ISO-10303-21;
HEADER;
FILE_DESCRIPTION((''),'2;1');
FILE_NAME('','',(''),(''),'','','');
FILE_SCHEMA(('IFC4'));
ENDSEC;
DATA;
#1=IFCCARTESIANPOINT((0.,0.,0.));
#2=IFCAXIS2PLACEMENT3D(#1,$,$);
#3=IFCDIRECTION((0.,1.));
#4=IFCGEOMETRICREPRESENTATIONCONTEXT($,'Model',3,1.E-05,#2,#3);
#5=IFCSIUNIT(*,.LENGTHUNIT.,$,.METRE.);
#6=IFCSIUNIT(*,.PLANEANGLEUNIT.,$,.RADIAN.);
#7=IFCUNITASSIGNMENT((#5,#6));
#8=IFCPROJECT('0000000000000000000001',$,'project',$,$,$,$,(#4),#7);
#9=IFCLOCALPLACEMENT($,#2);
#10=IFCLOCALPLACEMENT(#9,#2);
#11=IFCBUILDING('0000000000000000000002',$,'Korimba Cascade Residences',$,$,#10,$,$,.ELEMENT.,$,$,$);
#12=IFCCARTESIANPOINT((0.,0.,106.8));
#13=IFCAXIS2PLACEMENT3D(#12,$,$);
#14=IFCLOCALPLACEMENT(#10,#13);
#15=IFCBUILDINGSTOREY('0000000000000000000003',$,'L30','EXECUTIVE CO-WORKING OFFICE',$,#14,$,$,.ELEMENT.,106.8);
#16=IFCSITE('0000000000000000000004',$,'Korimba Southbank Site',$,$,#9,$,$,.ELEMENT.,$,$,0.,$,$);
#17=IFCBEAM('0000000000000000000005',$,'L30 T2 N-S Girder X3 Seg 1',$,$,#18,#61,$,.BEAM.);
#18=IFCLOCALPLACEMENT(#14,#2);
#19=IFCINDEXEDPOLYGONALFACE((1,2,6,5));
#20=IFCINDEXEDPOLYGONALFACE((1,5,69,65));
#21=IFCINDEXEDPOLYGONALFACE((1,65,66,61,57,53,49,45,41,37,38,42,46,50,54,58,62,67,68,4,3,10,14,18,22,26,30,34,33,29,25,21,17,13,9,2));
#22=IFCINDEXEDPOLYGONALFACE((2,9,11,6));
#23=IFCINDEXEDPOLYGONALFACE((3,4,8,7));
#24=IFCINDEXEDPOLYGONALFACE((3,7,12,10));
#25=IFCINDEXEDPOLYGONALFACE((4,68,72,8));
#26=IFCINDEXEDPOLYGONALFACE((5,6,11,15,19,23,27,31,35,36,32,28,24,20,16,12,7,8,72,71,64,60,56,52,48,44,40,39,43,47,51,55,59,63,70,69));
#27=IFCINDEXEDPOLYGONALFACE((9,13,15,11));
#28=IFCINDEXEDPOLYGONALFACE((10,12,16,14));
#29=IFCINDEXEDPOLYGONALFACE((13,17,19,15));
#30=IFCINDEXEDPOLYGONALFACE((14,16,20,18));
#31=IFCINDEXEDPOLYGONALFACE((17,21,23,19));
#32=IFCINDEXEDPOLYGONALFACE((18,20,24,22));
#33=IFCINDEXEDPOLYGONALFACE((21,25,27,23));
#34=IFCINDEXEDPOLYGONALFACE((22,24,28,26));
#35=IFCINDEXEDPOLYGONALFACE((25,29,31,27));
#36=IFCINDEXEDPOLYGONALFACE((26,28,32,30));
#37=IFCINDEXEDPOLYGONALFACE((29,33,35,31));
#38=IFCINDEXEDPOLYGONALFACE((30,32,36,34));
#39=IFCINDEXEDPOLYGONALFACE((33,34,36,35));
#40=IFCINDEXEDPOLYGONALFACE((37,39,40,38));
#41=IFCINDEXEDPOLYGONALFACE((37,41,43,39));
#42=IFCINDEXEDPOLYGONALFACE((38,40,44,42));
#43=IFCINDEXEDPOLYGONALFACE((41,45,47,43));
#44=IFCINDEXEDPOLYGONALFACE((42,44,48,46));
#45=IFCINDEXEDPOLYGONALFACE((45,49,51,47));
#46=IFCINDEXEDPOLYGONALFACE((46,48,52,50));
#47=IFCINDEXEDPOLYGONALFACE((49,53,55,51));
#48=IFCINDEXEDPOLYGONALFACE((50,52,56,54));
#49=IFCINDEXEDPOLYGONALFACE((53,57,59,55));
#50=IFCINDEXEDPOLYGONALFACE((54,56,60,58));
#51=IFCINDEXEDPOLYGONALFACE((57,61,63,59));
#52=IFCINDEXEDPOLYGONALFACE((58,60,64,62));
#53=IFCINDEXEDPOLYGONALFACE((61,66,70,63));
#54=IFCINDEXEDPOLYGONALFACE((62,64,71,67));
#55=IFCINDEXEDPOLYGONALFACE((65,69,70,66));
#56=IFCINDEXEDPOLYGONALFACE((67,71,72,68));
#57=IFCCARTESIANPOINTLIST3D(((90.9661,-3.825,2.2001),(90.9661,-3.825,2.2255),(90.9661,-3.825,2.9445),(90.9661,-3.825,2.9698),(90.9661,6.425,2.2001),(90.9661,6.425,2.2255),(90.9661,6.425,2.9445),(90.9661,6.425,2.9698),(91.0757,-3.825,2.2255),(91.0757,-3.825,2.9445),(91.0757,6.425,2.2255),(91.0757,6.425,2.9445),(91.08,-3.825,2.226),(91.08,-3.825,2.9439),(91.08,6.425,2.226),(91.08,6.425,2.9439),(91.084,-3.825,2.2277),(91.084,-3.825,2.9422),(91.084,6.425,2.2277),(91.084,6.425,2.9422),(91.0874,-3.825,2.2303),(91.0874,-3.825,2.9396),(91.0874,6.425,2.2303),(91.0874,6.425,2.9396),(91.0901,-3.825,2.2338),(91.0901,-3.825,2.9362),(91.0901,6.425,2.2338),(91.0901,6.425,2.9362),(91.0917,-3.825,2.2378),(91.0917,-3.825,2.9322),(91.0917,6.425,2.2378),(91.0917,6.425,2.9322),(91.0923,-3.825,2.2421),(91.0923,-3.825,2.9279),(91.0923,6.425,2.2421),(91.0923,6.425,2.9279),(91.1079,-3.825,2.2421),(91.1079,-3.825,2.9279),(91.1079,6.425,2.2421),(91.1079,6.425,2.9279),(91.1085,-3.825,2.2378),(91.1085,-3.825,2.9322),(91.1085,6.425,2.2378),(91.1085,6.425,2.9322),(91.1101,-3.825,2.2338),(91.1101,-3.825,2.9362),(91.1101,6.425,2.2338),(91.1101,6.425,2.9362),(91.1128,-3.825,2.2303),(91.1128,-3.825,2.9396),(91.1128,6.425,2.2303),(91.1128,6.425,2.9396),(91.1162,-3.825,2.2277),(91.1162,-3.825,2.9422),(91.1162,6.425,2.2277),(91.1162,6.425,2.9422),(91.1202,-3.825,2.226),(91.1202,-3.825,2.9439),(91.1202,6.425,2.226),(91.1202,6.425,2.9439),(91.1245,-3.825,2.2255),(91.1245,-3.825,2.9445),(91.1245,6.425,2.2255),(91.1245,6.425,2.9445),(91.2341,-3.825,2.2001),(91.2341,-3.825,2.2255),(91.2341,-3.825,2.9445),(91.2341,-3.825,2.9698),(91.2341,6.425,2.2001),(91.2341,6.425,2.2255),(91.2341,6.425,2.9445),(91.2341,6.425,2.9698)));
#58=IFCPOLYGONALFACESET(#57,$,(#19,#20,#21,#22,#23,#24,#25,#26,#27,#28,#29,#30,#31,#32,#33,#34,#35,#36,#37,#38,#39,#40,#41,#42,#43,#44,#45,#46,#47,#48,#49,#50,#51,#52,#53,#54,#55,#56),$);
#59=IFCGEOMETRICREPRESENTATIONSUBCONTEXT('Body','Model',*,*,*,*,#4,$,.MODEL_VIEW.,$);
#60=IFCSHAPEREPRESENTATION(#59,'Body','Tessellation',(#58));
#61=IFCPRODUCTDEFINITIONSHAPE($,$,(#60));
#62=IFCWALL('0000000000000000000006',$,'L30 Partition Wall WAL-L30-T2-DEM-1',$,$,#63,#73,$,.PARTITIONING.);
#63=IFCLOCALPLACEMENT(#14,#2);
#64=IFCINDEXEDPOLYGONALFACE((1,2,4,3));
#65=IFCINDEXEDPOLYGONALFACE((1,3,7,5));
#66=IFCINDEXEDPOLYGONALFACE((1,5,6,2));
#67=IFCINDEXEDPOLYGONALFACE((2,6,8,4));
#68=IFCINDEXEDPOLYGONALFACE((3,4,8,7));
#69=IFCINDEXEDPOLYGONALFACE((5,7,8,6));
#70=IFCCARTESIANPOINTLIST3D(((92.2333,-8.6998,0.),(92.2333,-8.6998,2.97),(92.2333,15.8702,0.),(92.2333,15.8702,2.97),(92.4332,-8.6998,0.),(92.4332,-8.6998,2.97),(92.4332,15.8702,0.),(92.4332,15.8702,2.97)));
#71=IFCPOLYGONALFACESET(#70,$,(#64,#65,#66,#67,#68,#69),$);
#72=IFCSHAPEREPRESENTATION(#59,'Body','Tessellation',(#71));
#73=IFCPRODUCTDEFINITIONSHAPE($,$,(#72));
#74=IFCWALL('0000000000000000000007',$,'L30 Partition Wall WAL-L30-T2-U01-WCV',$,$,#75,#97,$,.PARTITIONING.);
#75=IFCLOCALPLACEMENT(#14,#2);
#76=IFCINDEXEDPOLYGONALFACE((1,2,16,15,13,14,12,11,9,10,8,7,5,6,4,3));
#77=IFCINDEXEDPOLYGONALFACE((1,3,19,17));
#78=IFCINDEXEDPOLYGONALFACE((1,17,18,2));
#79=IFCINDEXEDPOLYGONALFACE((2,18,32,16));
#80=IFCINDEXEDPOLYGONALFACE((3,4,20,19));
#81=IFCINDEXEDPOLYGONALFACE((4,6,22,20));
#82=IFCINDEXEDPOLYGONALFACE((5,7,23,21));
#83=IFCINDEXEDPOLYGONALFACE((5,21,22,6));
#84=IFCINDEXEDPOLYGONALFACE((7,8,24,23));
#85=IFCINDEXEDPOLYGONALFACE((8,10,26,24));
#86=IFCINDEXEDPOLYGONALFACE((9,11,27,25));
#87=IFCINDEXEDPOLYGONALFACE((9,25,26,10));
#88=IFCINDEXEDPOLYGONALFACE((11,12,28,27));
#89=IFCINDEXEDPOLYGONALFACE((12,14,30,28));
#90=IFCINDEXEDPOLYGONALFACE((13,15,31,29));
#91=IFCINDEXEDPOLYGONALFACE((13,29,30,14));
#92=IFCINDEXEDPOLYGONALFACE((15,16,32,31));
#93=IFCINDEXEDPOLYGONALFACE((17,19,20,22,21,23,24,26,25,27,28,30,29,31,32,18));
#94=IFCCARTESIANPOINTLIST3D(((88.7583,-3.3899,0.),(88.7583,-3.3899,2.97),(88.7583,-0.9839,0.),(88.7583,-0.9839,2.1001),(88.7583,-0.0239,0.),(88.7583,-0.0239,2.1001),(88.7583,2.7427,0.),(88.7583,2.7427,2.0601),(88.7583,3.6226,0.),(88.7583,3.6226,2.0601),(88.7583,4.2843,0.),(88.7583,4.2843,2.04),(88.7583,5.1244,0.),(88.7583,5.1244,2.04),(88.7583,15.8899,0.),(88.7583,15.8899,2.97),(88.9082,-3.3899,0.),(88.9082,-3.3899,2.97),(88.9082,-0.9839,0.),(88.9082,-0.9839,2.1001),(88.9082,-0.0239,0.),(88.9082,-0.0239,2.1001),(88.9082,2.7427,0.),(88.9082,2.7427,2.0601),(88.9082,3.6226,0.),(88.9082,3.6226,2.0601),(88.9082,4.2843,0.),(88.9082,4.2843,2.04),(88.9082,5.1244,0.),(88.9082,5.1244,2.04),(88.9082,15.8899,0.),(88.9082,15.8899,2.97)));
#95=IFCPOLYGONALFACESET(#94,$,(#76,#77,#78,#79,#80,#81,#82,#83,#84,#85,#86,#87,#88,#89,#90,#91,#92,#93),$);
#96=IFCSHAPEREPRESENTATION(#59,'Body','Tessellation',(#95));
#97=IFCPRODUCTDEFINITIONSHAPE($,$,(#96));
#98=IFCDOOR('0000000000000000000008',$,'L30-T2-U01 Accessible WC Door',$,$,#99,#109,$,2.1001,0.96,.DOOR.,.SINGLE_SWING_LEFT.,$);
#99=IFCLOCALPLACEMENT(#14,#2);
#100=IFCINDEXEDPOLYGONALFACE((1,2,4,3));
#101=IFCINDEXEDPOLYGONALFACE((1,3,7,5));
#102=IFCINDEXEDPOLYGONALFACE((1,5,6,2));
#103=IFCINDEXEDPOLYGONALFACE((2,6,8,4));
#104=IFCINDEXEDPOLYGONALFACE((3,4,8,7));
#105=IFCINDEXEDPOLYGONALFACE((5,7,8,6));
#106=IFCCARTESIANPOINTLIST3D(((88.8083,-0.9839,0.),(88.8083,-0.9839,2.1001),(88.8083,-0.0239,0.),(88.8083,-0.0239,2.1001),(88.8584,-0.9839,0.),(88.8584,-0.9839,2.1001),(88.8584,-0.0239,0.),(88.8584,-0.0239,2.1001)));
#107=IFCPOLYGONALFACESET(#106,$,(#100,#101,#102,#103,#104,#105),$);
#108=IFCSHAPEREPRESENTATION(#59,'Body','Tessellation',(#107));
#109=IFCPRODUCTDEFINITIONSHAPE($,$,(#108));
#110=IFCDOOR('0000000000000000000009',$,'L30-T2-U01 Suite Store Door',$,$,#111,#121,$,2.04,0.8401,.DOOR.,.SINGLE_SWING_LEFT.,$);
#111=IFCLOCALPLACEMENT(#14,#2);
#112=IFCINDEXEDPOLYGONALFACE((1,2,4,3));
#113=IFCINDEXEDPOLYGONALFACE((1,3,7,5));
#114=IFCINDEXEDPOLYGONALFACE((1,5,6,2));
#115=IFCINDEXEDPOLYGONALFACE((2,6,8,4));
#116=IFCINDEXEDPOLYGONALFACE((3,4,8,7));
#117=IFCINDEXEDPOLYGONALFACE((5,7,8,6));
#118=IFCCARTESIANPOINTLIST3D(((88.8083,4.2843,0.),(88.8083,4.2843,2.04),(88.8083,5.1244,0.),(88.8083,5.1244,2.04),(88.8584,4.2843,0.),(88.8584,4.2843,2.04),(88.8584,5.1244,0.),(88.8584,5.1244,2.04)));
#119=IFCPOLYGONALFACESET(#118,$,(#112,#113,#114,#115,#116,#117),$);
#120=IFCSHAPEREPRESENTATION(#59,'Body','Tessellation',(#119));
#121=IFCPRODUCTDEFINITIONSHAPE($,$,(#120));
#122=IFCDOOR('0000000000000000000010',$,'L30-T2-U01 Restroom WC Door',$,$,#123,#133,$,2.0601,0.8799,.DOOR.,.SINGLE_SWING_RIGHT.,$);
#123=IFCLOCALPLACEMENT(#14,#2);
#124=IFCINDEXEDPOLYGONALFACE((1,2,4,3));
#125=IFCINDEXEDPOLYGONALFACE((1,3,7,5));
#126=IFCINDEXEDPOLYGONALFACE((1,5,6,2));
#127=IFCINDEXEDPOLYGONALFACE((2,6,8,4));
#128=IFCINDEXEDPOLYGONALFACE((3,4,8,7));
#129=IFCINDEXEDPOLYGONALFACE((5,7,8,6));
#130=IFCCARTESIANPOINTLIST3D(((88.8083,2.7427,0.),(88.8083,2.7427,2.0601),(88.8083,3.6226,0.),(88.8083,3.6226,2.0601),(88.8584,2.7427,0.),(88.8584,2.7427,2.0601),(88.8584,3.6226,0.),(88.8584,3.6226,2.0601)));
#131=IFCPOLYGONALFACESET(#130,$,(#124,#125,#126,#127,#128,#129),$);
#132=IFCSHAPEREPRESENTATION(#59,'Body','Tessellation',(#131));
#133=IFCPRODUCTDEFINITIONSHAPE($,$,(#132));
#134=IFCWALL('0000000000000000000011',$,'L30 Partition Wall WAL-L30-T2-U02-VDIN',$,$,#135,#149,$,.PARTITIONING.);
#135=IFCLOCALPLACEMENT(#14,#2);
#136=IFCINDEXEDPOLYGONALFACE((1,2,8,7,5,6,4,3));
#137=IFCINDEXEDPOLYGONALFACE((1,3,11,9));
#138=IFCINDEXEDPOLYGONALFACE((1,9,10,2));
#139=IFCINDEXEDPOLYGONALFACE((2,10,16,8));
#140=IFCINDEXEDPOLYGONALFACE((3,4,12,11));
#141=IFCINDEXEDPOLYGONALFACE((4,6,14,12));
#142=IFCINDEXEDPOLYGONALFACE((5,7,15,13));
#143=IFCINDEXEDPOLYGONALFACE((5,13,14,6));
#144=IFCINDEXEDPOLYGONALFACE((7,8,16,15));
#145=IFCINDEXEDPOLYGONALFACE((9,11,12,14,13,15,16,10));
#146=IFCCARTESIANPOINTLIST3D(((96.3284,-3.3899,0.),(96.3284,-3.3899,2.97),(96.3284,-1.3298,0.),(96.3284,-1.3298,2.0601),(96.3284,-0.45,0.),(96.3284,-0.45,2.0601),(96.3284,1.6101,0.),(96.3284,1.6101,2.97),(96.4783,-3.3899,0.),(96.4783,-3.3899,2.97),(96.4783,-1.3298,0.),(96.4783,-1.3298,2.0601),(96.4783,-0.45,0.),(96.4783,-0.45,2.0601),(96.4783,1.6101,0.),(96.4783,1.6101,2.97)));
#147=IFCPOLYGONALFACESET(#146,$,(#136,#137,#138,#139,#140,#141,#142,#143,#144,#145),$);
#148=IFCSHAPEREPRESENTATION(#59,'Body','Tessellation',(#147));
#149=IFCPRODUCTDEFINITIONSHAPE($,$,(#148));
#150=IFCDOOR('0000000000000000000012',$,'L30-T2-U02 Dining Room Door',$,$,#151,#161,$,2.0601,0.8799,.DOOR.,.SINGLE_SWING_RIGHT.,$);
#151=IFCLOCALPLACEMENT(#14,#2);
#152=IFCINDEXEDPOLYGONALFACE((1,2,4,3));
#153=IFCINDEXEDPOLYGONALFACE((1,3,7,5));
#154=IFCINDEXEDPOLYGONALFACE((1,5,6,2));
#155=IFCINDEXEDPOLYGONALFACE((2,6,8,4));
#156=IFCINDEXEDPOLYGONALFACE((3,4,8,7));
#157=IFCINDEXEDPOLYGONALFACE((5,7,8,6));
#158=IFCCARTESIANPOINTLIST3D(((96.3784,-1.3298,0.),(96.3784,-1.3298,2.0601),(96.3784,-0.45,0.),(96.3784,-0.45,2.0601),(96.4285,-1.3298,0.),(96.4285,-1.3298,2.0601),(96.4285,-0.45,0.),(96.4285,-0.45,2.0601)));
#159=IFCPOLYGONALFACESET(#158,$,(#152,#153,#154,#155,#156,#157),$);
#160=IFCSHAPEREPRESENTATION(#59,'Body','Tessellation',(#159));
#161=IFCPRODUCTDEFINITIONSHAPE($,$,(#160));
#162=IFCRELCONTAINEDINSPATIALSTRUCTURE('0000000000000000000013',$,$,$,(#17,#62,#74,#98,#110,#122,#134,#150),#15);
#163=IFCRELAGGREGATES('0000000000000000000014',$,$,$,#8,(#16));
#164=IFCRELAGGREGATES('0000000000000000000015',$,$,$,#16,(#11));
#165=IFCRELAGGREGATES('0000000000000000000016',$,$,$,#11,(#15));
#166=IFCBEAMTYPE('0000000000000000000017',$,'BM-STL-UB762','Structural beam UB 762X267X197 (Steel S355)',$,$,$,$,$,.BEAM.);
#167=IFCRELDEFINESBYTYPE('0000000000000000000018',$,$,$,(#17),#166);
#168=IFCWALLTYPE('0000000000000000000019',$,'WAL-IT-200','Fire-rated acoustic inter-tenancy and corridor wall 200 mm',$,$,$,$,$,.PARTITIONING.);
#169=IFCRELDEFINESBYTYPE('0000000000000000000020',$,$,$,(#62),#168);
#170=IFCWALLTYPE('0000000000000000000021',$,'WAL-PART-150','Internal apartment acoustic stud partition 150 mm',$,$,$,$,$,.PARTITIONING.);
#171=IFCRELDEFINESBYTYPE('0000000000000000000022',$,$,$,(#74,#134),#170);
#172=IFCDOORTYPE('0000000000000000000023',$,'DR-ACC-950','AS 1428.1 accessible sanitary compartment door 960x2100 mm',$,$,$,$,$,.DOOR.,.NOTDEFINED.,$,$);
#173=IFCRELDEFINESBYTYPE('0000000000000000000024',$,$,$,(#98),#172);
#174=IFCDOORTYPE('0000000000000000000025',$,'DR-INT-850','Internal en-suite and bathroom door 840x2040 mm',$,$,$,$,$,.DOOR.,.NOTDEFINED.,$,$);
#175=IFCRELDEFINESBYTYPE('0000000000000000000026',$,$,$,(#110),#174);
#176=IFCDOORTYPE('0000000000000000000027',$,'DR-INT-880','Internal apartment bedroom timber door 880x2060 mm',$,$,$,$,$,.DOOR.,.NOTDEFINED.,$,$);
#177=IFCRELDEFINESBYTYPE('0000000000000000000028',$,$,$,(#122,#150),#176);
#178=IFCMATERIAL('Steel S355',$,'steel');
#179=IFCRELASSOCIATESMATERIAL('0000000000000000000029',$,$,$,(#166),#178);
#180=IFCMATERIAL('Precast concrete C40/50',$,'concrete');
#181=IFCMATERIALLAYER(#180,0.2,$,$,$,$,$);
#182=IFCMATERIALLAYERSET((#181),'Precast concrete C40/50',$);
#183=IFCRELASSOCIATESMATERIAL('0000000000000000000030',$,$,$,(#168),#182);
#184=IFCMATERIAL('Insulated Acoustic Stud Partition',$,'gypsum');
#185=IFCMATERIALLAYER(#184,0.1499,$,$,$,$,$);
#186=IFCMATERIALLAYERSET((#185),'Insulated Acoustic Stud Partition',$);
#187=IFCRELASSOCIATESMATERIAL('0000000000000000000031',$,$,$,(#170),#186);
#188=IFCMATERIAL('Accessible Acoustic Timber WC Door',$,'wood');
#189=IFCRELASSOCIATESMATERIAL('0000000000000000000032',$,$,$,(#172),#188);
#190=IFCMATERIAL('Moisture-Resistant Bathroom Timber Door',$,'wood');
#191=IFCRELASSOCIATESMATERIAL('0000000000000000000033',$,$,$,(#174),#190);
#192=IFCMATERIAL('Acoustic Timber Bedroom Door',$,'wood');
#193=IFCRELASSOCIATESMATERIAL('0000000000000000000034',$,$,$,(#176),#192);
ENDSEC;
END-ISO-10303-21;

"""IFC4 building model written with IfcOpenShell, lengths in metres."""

from ifc_helpers import new_model, si_unit, direction, frame, frame_2d, origin, origin_2d, place, context, subcontext, project, spatial, rectangle, i_section, extrude, material, layer, layer_set, material_profile, profile_set, type_object, element, fill, save


model = new_model("IFC4")

# Units and contexts
model_context = context("Model", 3, precision=1e-05, world=origin(), true_north=direction((0.0, 1.0)))
body_context = subcontext(model_context, "Body", "Model", "MODEL_VIEW")
ifc_project = project(units=[si_unit("LENGTHUNIT", "METRE"), si_unit("PLANEANGLEUNIT", "RADIAN")], contexts=[model_context])

# Site, building, storey
site_placement = place(None, origin())
site = spatial("IfcSite", under=ifc_project, at=site_placement, Name="Korimba Southbank Site", CompositionType="ELEMENT", RefElevation=0.0)
building_placement = place(site_placement, origin())
building = spatial("IfcBuilding", under=site, at=building_placement, Name="Korimba Cascade Residences", CompositionType="ELEMENT")
storey_placement = place(building_placement, frame((0.0, 0.0, 106.8)))
storey = spatial("IfcBuildingStorey", under=building, at=storey_placement, Name="L30", Description="EXECUTIVE CO-WORKING OFFICE", CompositionType="ELEMENT", Elevation=106.8)

# Beam
ifc_material_1 = material(Name="Steel S355", Category="steel")
ifc_material_profile_1 = material_profile(ifc_material_1, i_section(OverallWidth=0.2681, OverallDepth=0.7698, WebThickness=0.0156, FlangeThickness=0.0254, FilletRadius=0.0166, at=origin_2d()), Name="Steel S355")
ifc_profile_set_1 = profile_set([ifc_material_profile_1], Name="Steel S355")
beam_type_1 = type_object("IfcBeamType", Name="BM-STL-UB762", Description="Structural beam UB 762X267X197 (Steel S355)", PredefinedType="BEAM", material=ifc_profile_set_1)
for number, where, z_axis, x_axis, name in (
    (1, (91.1001, -3.825, 2.585), (0.0, 1.0, 0.0), (-1.0, 0.0, 0.0), "L30 T2 N-S Girder X3 Seg 1"),
):
    element("IfcBeam", number, at=place(storey_placement, frame(where, z_axis=z_axis, x_axis=x_axis)), inside=storey, type_object=beam_type_1, Name=name, PredefinedType="BEAM", context=body_context, shape_type="SweptSolid", body=[
        extrude(i_section(OverallWidth=0.2681, OverallDepth=0.7698, WebThickness=0.0156, FlangeThickness=0.0254, FilletRadius=0.0166, at=origin_2d()), origin(), (0.0, 0.0, 1.0), 10.25),
    ])

# Wall
ifc_material_2 = material(Name="Precast concrete C40/50", Category="concrete")
ifc_layer_1 = layer(ifc_material_2, 0.2)
ifc_layer_set_1 = layer_set([ifc_layer_1], Name="Precast concrete C40/50")
wall_type_1 = type_object("IfcWallType", Name="WAL-IT-200", Description="Fire-rated acoustic inter-tenancy and corridor wall 200 mm", PredefinedType="PARTITIONING", material=ifc_layer_set_1)
wall_1_placement = place(storey_placement, frame((92.3333, -8.7, 0.0), z_axis=(0.0, 0.0, 1.0), x_axis=(0.0, 1.0, 0.0)))
element("IfcWall", 2, at=wall_1_placement, inside=storey, type_object=wall_type_1, Name="L30 Partition Wall WAL-L30-T2-DEM-1", PredefinedType="PARTITIONING", context=body_context, shape_type="SweptSolid", body=[
    extrude(rectangle(XDim=24.5701, YDim=0.2, at=frame_2d((12.2852, 0.0))), origin(), (0.0, 0.0, 1.0), 2.97),
])

# Wall, openings, doors
ifc_material_3 = material(Name="Insulated Acoustic Stud Partition", Category="gypsum")
ifc_layer_2 = layer(ifc_material_3, 0.1499)
ifc_layer_set_2 = layer_set([ifc_layer_2], Name="Insulated Acoustic Stud Partition")
wall_type_2 = type_object("IfcWallType", Name="WAL-PART-150", Description="Internal apartment acoustic stud partition 150 mm", PredefinedType="PARTITIONING", material=ifc_layer_set_2)
wall_2_placement = place(storey_placement, frame((88.8333, -3.3899, 0.0), z_axis=(0.0, 0.0, 1.0), x_axis=(0.0, 1.0, 0.0)))
wall_2 = element("IfcWall", 3, at=wall_2_placement, inside=storey, type_object=wall_type_2, Name="L30 Partition Wall WAL-L30-T2-U01-WCV", PredefinedType="PARTITIONING", context=body_context, shape_type="SweptSolid", body=[
    extrude(rectangle(XDim=19.2798, YDim=0.1499, at=frame_2d((9.6399, 0.0))), origin(), (0.0, 0.0, 1.0), 2.97),
])
opening_1_placement = place(wall_2_placement, frame((2.406, 0.0, 0.0)))
opening_1 = element("IfcOpeningElement", 4, at=opening_1_placement, cuts=wall_2, PredefinedType="OPENING", context=body_context, shape_type="SweptSolid", body=[
    extrude(rectangle(XDim=0.96, YDim=2.1001, at=frame_2d((0.48, 1.05))), frame((0.0, 0.085, 0.0), z_axis=(0.0, -1.0, 0.0), x_axis=(1.0, 0.0, 0.0)), (0.0, 0.0, 1.0), 0.1699),
])
opening_2_placement = place(wall_2_placement, frame((6.1326, 0.0, 0.0)))
opening_2 = element("IfcOpeningElement", 5, at=opening_2_placement, cuts=wall_2, PredefinedType="OPENING", context=body_context, shape_type="SweptSolid", body=[
    extrude(rectangle(XDim=0.8799, YDim=2.0601, at=frame_2d((0.4399, 1.03))), frame((0.0, 0.085, 0.0), z_axis=(0.0, -1.0, 0.0), x_axis=(1.0, 0.0, 0.0)), (0.0, 0.0, 1.0), 0.1699),
])
opening_3_placement = place(wall_2_placement, frame((7.6743, 0.0, 0.0)))
opening_3 = element("IfcOpeningElement", 6, at=opening_3_placement, cuts=wall_2, PredefinedType="OPENING", context=body_context, shape_type="SweptSolid", body=[
    extrude(rectangle(XDim=0.8401, YDim=2.04, at=frame_2d((0.4199, 1.02))), frame((0.0, 0.085, 0.0), z_axis=(0.0, -1.0, 0.0), x_axis=(1.0, 0.0, 0.0)), (0.0, 0.0, 1.0), 0.1699),
])
ifc_material_4 = material(Name="Accessible Acoustic Timber WC Door", Category="wood")
door_type_1 = type_object("IfcDoorType", Name="DR-ACC-950", Description="AS 1428.1 accessible sanitary compartment door 960x2100 mm", OperationType="NOTDEFINED", PredefinedType="DOOR", material=ifc_material_4)
door_1_placement = place(opening_1_placement, origin())
door_1 = element("IfcDoor", 7, at=door_1_placement, inside=storey, type_object=door_type_1, Name="L30-T2-U01 Accessible WC Door", OperationType="SINGLE_SWING_LEFT", OverallHeight=2.1001, OverallWidth=0.96, PredefinedType="DOOR", context=body_context, shape_type="SweptSolid", body=[
    extrude(rectangle(XDim=0.96, YDim=2.1001, at=frame_2d((0.48, 1.05))), frame((0.0, 0.0249, 0.0), z_axis=(0.0, -1.0, 0.0), x_axis=(1.0, 0.0, 0.0)), (0.0, 0.0, 1.0), 0.05),
])
fill(opening_1, door_1)
ifc_material_5 = material(Name="Moisture-Resistant Bathroom Timber Door", Category="wood")
door_type_2 = type_object("IfcDoorType", Name="DR-INT-850", Description="Internal en-suite and bathroom door 840x2040 mm", OperationType="NOTDEFINED", PredefinedType="DOOR", material=ifc_material_5)
door_2_placement = place(opening_3_placement, origin())
door_2 = element("IfcDoor", 8, at=door_2_placement, inside=storey, type_object=door_type_2, Name="L30-T2-U01 Suite Store Door", OperationType="SINGLE_SWING_LEFT", OverallHeight=2.04, OverallWidth=0.8401, PredefinedType="DOOR", context=body_context, shape_type="SweptSolid", body=[
    extrude(rectangle(XDim=0.8401, YDim=2.04, at=frame_2d((0.4199, 1.02))), frame((0.0, 0.0249, 0.0), z_axis=(0.0, -1.0, 0.0), x_axis=(1.0, 0.0, 0.0)), (0.0, 0.0, 1.0), 0.05),
])
fill(opening_3, door_2)
ifc_material_6 = material(Name="Acoustic Timber Bedroom Door", Category="wood")
door_type_3 = type_object("IfcDoorType", Name="DR-INT-880", Description="Internal apartment bedroom timber door 880x2060 mm", OperationType="NOTDEFINED", PredefinedType="DOOR", material=ifc_material_6)
door_3_placement = place(opening_2_placement, origin())
door_3 = element("IfcDoor", 9, at=door_3_placement, inside=storey, type_object=door_type_3, Name="L30-T2-U01 Restroom WC Door", OperationType="SINGLE_SWING_RIGHT", OverallHeight=2.0601, OverallWidth=0.8799, PredefinedType="DOOR", context=body_context, shape_type="SweptSolid", body=[
    extrude(rectangle(XDim=0.8799, YDim=2.0601, at=frame_2d((0.4399, 1.03))), frame((0.0, 0.0249, 0.0), z_axis=(0.0, -1.0, 0.0), x_axis=(1.0, 0.0, 0.0)), (0.0, 0.0, 1.0), 0.05),
])
fill(opening_2, door_3)

# Wall, opening, door
wall_3_placement = place(storey_placement, frame((96.4033, -3.3899, 0.0), z_axis=(0.0, 0.0, 1.0), x_axis=(0.0, 1.0, 0.0)))
wall_3 = element("IfcWall", 10, at=wall_3_placement, inside=storey, type_object=wall_type_2, Name="L30 Partition Wall WAL-L30-T2-U02-VDIN", PredefinedType="PARTITIONING", context=body_context, shape_type="SweptSolid", body=[
    extrude(rectangle(XDim=5.0, YDim=0.1499, at=frame_2d((2.5, 0.0))), origin(), (0.0, 0.0, 1.0), 2.97),
])
opening_4_placement = place(wall_3_placement, frame((2.0601, 0.0, 0.0)))
opening_4 = element("IfcOpeningElement", 11, at=opening_4_placement, cuts=wall_3, PredefinedType="OPENING", context=body_context, shape_type="SweptSolid", body=[
    extrude(rectangle(XDim=0.8799, YDim=2.0601, at=frame_2d((0.4399, 1.03))), frame((0.0, 0.085, 0.0), z_axis=(0.0, -1.0, 0.0), x_axis=(1.0, 0.0, 0.0)), (0.0, 0.0, 1.0), 0.1699),
])
door_4_placement = place(opening_4_placement, origin())
door_4 = element("IfcDoor", 12, at=door_4_placement, inside=storey, type_object=door_type_3, Name="L30-T2-U02 Dining Room Door", OperationType="SINGLE_SWING_RIGHT", OverallHeight=2.0601, OverallWidth=0.8799, PredefinedType="DOOR", context=body_context, shape_type="SweptSolid", body=[
    extrude(rectangle(XDim=0.8799, YDim=2.0601, at=frame_2d((0.4399, 1.03))), frame((0.0, 0.0249, 0.0), z_axis=(0.0, -1.0, 0.0), x_axis=(1.0, 0.0, 0.0)), (0.0, 0.0, 1.0), 0.05),
])
fill(opening_4, door_4)

save(model, "model.ifc")
